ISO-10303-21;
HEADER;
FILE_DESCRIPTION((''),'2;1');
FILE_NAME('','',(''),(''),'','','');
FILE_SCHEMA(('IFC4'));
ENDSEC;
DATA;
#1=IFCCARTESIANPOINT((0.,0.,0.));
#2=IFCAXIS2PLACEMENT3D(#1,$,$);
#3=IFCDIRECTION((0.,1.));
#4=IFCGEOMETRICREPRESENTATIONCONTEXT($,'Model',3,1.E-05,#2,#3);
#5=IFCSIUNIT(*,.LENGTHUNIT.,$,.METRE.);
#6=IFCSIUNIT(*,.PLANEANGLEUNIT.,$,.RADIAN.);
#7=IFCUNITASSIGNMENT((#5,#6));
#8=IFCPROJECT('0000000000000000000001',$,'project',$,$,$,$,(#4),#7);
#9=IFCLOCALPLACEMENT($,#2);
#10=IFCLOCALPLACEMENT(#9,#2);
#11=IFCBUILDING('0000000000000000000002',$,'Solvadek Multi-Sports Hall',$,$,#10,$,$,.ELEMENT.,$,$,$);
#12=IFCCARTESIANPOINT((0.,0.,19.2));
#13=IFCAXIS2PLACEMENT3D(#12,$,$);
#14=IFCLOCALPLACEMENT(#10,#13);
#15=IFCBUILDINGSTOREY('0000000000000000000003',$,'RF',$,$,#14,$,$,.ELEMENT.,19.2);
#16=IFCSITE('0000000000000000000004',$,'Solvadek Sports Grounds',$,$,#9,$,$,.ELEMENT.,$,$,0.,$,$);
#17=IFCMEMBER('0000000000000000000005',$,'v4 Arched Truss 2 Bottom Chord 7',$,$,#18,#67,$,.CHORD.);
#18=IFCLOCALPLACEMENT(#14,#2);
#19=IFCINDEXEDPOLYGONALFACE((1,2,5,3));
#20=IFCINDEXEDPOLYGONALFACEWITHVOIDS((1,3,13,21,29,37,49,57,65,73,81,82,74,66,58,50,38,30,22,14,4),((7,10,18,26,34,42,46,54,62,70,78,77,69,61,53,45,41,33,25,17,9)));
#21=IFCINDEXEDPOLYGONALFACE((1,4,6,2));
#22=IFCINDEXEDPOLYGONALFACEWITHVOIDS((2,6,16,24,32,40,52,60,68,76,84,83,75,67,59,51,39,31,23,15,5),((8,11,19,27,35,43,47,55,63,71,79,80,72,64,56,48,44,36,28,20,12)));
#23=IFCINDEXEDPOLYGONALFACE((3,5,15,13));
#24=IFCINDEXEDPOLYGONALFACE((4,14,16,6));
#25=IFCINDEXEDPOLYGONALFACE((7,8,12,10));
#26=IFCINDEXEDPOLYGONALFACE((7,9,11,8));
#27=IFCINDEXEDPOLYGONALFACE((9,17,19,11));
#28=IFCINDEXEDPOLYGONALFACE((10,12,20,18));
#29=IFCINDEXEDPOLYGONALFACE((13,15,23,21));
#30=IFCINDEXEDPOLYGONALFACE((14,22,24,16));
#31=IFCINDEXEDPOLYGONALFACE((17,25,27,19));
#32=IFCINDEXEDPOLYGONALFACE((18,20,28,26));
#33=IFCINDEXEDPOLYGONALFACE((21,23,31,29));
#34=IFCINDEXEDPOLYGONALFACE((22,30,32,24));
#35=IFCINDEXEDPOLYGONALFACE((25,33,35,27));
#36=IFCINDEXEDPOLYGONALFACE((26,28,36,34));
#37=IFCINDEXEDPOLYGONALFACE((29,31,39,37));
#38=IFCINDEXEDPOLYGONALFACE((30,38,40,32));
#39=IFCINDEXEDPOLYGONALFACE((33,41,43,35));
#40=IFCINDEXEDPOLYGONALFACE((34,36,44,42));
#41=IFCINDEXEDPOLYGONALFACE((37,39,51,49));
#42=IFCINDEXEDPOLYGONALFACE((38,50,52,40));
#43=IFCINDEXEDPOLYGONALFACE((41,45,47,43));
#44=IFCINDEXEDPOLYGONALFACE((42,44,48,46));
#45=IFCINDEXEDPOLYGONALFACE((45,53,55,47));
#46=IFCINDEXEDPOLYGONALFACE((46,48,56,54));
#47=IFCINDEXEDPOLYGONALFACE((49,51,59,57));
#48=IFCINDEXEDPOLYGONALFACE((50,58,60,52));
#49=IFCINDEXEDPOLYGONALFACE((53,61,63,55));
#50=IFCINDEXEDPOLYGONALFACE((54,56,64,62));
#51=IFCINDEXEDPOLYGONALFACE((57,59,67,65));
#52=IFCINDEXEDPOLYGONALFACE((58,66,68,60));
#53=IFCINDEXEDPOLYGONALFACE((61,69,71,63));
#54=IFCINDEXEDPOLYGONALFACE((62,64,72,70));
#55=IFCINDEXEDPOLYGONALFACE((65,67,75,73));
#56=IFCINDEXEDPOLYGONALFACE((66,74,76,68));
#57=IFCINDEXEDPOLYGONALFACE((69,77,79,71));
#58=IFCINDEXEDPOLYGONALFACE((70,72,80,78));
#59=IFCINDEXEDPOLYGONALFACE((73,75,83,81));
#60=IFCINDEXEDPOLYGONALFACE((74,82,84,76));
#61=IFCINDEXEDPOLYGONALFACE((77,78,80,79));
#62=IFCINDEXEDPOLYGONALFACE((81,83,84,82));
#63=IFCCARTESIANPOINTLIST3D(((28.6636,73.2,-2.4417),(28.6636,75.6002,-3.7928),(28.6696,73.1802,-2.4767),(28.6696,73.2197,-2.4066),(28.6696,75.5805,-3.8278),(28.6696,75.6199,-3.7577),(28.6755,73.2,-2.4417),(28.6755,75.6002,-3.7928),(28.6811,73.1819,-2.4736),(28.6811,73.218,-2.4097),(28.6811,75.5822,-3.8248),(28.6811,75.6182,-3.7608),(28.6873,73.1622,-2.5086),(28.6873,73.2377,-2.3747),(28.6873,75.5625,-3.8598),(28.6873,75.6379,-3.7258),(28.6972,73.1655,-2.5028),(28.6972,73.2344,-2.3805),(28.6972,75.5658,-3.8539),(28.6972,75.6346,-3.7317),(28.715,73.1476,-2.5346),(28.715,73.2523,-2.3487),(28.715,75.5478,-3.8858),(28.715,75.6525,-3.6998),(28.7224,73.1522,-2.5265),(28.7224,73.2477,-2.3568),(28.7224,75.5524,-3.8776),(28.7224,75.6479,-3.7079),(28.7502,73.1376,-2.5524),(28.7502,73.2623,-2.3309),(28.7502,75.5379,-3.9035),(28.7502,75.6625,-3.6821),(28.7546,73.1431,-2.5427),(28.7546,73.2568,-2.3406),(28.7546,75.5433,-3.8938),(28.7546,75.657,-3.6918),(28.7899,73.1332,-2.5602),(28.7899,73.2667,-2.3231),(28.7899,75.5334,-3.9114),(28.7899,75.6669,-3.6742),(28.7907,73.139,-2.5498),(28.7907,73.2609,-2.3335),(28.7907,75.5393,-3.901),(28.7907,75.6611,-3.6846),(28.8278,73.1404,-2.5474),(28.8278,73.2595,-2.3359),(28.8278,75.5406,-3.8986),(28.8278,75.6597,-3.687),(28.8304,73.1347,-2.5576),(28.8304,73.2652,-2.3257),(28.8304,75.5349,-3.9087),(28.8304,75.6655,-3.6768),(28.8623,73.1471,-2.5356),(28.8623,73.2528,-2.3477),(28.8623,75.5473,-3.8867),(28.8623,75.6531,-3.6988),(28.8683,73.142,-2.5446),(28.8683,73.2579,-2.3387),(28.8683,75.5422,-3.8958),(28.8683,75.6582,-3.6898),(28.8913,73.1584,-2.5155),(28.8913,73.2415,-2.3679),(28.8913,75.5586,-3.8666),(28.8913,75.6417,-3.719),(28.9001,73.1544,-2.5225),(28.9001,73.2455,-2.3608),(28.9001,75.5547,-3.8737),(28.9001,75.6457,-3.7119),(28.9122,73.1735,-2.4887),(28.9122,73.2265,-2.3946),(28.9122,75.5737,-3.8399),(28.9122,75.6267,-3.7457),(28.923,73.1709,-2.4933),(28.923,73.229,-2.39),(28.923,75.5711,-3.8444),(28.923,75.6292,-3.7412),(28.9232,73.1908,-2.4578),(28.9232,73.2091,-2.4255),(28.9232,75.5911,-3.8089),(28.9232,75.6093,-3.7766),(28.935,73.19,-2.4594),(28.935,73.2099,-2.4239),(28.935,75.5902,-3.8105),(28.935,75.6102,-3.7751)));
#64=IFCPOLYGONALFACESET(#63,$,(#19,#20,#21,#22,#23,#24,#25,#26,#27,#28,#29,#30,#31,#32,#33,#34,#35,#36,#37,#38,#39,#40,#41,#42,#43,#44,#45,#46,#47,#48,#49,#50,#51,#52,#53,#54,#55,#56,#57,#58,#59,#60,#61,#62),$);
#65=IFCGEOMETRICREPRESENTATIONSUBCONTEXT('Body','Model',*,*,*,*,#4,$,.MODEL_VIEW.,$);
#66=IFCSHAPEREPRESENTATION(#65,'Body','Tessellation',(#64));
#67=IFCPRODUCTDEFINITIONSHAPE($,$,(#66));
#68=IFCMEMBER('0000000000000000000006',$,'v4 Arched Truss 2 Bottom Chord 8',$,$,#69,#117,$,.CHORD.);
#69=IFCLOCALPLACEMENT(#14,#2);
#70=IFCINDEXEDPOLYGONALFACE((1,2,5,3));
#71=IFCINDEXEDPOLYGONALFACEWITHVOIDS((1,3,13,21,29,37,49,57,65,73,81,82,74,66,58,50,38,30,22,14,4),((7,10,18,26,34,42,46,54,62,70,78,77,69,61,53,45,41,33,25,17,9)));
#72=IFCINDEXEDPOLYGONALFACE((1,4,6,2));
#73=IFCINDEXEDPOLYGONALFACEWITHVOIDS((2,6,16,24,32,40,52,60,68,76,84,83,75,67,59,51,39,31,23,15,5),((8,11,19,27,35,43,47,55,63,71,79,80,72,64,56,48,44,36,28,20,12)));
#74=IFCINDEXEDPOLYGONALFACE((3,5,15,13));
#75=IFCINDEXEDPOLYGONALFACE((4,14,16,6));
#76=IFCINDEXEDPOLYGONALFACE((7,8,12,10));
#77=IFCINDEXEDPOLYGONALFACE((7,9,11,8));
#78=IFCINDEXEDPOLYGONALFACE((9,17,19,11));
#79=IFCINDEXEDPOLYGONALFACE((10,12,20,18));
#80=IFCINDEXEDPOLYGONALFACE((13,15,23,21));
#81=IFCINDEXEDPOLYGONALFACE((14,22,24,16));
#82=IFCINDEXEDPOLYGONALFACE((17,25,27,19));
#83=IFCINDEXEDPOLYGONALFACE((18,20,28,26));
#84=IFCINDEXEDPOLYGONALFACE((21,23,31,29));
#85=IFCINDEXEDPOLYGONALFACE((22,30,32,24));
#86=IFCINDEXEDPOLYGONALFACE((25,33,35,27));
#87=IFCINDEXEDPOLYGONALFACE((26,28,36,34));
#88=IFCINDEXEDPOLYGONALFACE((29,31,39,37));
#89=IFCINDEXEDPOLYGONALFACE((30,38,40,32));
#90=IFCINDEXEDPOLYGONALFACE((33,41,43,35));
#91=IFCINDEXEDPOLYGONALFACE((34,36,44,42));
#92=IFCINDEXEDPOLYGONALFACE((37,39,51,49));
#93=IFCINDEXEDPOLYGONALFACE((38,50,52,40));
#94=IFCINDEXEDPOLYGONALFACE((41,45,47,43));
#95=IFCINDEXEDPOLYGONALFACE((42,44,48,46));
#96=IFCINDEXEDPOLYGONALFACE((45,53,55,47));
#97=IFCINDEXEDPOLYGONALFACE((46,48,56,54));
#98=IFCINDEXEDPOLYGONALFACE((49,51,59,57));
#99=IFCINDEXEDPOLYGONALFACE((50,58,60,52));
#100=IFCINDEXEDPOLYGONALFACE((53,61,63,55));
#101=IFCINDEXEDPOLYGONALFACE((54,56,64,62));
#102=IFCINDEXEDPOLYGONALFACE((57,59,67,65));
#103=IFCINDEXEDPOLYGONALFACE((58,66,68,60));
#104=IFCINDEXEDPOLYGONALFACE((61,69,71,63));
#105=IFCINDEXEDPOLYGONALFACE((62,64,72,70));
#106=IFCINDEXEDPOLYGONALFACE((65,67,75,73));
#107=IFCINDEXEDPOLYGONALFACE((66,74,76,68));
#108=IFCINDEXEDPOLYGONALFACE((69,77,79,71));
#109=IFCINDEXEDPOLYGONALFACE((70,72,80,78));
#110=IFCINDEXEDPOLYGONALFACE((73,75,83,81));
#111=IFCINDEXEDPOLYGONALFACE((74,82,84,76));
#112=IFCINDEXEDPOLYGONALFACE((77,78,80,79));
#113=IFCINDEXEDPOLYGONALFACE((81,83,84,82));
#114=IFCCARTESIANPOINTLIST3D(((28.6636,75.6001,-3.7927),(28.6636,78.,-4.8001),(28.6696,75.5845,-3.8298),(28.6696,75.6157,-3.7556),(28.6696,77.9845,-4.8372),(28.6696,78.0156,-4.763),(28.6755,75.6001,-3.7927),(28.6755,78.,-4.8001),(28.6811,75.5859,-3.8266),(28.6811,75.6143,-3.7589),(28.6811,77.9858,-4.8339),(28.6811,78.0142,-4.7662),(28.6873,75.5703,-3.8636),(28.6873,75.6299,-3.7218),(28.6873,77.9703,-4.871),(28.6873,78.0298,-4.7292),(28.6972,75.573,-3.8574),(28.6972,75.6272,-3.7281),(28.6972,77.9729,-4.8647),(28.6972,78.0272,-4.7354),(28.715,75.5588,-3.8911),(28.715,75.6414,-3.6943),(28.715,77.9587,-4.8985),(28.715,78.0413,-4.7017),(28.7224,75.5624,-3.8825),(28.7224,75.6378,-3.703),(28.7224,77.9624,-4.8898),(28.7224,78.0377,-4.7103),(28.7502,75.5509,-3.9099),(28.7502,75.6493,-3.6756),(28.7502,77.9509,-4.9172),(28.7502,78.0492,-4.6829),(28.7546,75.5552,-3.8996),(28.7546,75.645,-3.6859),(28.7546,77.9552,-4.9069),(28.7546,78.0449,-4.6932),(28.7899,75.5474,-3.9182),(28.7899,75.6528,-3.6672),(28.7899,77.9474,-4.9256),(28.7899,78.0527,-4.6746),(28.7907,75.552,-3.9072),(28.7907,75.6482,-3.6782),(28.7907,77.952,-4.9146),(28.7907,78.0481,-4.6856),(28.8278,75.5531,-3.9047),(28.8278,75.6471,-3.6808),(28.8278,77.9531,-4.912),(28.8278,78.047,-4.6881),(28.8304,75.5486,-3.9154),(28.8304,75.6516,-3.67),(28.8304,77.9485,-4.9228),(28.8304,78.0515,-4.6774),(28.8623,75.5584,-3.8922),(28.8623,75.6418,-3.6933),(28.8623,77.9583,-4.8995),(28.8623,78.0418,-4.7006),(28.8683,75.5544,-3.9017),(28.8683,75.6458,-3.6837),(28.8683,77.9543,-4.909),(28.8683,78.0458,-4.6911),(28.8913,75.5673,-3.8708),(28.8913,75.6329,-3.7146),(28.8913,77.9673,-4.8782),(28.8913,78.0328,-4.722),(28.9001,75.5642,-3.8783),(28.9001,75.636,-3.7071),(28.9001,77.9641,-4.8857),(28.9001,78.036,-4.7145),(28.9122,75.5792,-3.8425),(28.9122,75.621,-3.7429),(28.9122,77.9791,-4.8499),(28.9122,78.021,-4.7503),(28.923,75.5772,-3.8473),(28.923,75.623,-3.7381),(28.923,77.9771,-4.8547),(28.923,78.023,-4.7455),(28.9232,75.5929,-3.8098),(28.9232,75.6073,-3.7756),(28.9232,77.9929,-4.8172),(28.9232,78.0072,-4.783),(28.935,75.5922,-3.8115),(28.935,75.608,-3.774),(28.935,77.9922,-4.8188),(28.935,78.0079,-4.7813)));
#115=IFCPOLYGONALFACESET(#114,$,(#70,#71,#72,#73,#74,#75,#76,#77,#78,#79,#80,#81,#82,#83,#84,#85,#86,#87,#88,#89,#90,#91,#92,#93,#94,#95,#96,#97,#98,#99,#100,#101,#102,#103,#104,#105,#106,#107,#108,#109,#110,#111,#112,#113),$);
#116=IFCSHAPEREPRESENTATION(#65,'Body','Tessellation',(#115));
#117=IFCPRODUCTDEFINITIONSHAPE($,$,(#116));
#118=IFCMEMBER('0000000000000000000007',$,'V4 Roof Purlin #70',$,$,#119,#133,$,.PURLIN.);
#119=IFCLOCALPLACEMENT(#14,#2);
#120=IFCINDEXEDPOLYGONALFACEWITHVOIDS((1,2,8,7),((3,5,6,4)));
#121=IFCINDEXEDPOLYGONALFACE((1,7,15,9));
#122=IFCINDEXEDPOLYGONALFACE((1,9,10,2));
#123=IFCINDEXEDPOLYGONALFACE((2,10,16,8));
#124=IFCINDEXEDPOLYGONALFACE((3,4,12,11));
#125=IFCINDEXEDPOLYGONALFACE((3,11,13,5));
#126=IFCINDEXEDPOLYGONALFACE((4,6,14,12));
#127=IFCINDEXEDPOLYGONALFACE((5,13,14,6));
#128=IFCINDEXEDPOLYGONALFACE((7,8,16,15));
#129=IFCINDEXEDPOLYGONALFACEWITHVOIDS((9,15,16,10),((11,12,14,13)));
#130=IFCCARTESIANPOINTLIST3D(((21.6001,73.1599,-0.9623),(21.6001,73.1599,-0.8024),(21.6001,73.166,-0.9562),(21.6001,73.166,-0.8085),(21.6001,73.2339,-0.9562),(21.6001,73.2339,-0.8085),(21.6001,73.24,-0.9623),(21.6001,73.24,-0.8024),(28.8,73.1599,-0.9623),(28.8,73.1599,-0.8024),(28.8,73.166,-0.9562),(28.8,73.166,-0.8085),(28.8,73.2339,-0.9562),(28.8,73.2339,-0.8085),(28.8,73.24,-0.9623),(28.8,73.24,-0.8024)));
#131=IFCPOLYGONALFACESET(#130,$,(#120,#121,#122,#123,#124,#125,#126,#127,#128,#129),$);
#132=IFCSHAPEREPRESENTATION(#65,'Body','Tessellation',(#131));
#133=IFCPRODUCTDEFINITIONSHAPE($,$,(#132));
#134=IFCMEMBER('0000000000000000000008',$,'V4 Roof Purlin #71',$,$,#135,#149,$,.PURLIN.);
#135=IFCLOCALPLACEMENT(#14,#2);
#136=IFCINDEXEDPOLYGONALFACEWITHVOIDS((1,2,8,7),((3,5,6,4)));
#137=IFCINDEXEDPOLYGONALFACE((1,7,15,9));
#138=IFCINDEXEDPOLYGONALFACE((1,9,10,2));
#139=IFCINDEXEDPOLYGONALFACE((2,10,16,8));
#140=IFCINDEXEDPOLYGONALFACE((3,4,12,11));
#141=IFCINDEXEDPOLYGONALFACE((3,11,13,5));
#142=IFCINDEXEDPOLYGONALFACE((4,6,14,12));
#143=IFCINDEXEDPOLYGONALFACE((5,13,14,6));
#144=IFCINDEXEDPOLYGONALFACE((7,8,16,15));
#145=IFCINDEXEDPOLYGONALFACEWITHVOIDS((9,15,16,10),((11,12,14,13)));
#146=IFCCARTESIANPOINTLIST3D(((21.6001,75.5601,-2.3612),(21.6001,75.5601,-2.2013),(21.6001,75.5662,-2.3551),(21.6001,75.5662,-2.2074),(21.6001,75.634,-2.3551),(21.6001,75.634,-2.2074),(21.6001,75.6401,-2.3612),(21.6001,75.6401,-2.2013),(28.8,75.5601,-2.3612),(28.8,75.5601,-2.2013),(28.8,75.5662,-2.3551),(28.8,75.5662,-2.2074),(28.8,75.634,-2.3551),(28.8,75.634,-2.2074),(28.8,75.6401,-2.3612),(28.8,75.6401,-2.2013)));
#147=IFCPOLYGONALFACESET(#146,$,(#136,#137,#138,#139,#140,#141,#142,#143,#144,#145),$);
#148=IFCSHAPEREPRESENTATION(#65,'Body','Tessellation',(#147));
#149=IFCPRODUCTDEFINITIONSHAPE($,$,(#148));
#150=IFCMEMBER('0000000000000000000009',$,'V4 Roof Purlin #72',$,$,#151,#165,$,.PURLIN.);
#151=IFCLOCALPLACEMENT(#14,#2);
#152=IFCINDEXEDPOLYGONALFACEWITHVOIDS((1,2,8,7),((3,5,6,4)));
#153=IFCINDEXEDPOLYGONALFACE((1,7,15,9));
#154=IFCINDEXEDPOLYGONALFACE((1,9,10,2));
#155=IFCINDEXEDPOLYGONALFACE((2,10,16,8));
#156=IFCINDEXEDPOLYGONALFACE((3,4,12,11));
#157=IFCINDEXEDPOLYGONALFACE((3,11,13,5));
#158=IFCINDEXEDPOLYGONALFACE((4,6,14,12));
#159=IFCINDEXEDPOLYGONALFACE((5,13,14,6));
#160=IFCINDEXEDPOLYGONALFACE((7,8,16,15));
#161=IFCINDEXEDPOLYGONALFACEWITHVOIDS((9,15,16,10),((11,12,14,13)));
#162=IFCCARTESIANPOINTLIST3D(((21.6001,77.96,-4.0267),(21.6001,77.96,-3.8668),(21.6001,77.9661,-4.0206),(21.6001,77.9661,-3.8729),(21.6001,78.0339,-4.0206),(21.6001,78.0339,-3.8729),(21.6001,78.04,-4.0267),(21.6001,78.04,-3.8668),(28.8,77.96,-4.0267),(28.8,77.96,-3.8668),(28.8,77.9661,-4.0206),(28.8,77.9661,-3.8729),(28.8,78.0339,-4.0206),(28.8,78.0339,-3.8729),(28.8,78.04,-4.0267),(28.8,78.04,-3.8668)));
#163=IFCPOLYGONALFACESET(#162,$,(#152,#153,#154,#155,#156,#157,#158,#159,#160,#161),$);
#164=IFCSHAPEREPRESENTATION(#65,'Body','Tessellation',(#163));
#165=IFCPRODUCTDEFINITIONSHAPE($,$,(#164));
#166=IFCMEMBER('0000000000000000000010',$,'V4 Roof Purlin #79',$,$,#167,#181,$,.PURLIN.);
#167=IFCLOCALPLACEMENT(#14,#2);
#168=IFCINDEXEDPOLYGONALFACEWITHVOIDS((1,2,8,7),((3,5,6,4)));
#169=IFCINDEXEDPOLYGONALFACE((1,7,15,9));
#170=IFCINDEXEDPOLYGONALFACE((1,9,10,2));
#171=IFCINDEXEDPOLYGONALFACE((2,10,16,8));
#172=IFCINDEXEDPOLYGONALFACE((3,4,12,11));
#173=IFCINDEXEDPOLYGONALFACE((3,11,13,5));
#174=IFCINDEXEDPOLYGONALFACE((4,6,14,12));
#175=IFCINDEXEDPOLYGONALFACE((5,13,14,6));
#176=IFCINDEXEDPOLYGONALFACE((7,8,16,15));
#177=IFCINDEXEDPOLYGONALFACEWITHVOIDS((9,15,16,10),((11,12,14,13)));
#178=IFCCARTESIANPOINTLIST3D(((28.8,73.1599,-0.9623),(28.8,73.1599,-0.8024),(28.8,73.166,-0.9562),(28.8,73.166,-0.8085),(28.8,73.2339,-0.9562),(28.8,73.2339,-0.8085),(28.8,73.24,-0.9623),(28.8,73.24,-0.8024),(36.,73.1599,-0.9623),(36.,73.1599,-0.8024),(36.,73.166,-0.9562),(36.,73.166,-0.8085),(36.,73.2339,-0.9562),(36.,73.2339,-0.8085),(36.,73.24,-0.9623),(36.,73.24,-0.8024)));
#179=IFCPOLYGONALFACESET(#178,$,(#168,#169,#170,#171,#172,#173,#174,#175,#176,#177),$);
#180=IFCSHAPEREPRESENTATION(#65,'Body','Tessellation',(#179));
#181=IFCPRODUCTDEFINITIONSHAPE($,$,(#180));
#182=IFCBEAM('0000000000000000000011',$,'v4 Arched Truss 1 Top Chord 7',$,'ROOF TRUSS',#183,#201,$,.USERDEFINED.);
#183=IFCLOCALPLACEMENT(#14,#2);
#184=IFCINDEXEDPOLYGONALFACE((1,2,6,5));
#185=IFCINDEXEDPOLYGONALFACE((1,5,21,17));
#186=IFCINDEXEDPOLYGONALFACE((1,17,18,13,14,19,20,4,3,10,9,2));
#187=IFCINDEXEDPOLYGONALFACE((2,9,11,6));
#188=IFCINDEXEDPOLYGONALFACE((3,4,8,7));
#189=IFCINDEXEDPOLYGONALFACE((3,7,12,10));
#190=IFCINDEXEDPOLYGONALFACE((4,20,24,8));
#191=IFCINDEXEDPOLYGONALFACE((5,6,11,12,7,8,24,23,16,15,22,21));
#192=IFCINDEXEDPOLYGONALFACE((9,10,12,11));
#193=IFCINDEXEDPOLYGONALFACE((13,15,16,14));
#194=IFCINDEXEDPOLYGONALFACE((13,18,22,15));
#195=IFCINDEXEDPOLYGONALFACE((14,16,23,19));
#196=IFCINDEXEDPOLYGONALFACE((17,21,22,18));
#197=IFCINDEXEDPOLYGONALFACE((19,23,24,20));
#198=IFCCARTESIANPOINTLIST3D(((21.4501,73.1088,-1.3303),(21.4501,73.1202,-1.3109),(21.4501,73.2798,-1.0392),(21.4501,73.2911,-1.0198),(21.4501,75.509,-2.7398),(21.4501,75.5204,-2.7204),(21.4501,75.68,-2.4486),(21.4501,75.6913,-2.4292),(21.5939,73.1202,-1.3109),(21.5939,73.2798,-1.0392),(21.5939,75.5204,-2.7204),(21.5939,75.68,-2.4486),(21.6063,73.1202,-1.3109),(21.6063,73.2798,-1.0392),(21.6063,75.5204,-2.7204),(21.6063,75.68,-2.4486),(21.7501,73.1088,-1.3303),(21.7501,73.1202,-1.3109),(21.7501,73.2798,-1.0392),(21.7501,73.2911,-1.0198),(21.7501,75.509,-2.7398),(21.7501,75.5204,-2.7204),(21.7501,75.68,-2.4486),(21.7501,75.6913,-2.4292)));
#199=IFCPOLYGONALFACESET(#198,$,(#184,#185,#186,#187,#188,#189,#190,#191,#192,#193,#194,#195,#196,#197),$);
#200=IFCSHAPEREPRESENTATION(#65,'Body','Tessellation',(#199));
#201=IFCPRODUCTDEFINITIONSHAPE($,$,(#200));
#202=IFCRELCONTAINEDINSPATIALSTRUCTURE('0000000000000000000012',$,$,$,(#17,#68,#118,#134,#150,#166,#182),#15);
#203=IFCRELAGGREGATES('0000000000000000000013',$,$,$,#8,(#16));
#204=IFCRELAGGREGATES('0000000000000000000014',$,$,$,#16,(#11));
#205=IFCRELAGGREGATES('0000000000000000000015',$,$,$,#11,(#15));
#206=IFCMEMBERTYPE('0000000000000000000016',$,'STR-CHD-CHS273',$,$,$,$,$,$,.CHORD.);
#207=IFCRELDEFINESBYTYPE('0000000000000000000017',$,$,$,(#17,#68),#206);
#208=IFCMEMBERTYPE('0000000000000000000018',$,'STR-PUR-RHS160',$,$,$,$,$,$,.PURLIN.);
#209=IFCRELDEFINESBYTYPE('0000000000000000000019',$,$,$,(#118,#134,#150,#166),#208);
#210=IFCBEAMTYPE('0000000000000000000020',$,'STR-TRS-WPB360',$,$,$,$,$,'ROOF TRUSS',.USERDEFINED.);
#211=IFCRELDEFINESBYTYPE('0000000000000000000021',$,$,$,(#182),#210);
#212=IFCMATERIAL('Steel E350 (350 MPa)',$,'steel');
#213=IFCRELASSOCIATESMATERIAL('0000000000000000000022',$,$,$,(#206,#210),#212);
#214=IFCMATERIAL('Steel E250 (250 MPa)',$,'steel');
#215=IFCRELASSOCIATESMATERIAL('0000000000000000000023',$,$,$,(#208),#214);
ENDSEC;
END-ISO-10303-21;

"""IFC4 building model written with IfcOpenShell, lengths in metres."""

from ifc_helpers import new_model, si_unit, direction, frame, origin, origin_2d, place, context, subcontext, project, spatial, hollow_rectangle, hollow_circle, i_section, extrude, material, material_profile, profile_set, type_object, element, save


model = new_model("IFC4")

# Units and contexts
model_context = context("Model", 3, precision=1e-05, world=origin(), true_north=direction((0.0, 1.0)))
body_context = subcontext(model_context, "Body", "Model", "MODEL_VIEW")
ifc_project = project(units=[si_unit("LENGTHUNIT", "METRE"), si_unit("PLANEANGLEUNIT", "RADIAN")], contexts=[model_context])

# Site, building, storey
site_placement = place(None, origin())
site = spatial("IfcSite", under=ifc_project, at=site_placement, Name="Solvadek Sports Grounds", CompositionType="ELEMENT", RefElevation=0.0)
building_placement = place(site_placement, origin())
building = spatial("IfcBuilding", under=site, at=building_placement, Name="Solvadek Multi-Sports Hall", CompositionType="ELEMENT")
storey_placement = place(building_placement, frame((0.0, 0.0, 19.2)))
storey = spatial("IfcBuildingStorey", under=building, at=storey_placement, Name="RF", CompositionType="ELEMENT", Elevation=19.2)

# Members
ifc_material_1 = material(Name="Steel E350 (350 MPa)", Category="steel")
ifc_material_profile_1 = material_profile(ifc_material_1, hollow_circle(Radius=0.1365, WallThickness=0.012, at=origin_2d()), Name="CHS 273.0x12")
ifc_profile_set_1 = profile_set([ifc_material_profile_1], Name="Steel E350 (350 MPa)")
member_type_1 = type_object("IfcMemberType", Name="STR-CHD-CHS273", PredefinedType="CHORD", material=ifc_profile_set_1)
member_1_placement = place(storey_placement, frame((28.8, 73.2, -2.4417), z_axis=(0.0, 0.871422, -0.490535), x_axis=(-1.0, 0.0, 0.0)))
element("IfcMember", 1, at=member_1_placement, inside=storey, type_object=member_type_1, Name="v4 Arched Truss 2 Bottom Chord 7", PredefinedType="CHORD", context=body_context, shape_type="SweptSolid", body=[
    extrude(hollow_circle(Radius=0.1365, WallThickness=0.012, at=origin_2d()), origin(), (0.0, 0.0, 1.0), 2.7544),
])
member_2_placement = place(storey_placement, frame((28.8, 75.6001, -3.7927), z_axis=(0.0, 0.922069, -0.387025), x_axis=(-1.0, 0.0, 0.0)))
element("IfcMember", 2, at=member_2_placement, inside=storey, type_object=member_type_1, Name="v4 Arched Truss 2 Bottom Chord 8", PredefinedType="CHORD", context=body_context, shape_type="SweptSolid", body=[
    extrude(hollow_circle(Radius=0.1365, WallThickness=0.012, at=origin_2d()), origin(), (0.0, 0.0, 1.0), 2.6028),
])
ifc_material_2 = material(Name="Steel E250 (250 MPa)", Category="steel")
ifc_material_profile_2 = material_profile(ifc_material_2, hollow_rectangle(XDim=0.0801, YDim=0.1599, WallThickness=0.0061, at=origin_2d()), Name="RHS 160x80x6")
ifc_profile_set_2 = profile_set([ifc_material_profile_2], Name="Steel E250 (250 MPa)")
member_type_2 = type_object("IfcMemberType", Name="STR-PUR-RHS160", PredefinedType="PURLIN", material=ifc_profile_set_2)
for number, where, z_axis, x_axis, name in (
    (3, (21.6001, 73.2, -0.8823), (1.0, 0.0, 0.0), (0.0, 1.0, 0.0), "V4 Roof Purlin #70"),
    (4, (21.6001, 75.6001, -2.2812), (1.0, 0.0, 0.0), (0.0, 1.0, 0.0), "V4 Roof Purlin #71"),
    (5, (21.6001, 78.0, -3.9468), (1.0, 0.0, 0.0), (0.0, 1.0, 0.0), "V4 Roof Purlin #72"),
    (6, (28.8, 73.2, -0.8823), (1.0, 0.0, 0.0), (0.0, 1.0, 0.0), "V4 Roof Purlin #79"),
):
    element("IfcMember", number, at=place(storey_placement, frame(where, z_axis=z_axis, x_axis=x_axis)), inside=storey, type_object=member_type_2, Name=name, PredefinedType="PURLIN", context=body_context, shape_type="SweptSolid", body=[
        extrude(hollow_rectangle(XDim=0.0801, YDim=0.1599, WallThickness=0.0061, at=origin_2d()), origin(), (0.0, 0.0, 1.0), 7.2),
    ])

# Beam
ifc_material_profile_3 = material_profile(ifc_material_1, i_section(OverallWidth=0.3, OverallDepth=0.3601, WebThickness=0.0125, FlangeThickness=0.0225, at=origin_2d()), Name="WPB 360")
ifc_profile_set_3 = profile_set([ifc_material_profile_3], Name="Steel E350 (350 MPa)")
beam_type = type_object("IfcBeamType", Name="STR-TRS-WPB360", ElementType="ROOF TRUSS", PredefinedType="USERDEFINED", material=ifc_profile_set_3)
beam_1_placement = place(storey_placement, frame((21.6001, 73.2, -1.175), z_axis=(0.0, 0.862315, -0.506372), x_axis=(-1.0, 0.0, 0.0)))
element("IfcBeam", 7, at=beam_1_placement, inside=storey, type_object=beam_type, Name="v4 Arched Truss 1 Top Chord 7", ObjectType="ROOF TRUSS", PredefinedType="USERDEFINED", context=body_context, shape_type="SweptSolid", body=[
    extrude(i_section(OverallWidth=0.3, OverallDepth=0.3601, WebThickness=0.0125, FlangeThickness=0.0225, at=origin_2d()), origin(), (0.0, 0.0, 1.0), 2.7834),
])

save(model, "model.ifc")
